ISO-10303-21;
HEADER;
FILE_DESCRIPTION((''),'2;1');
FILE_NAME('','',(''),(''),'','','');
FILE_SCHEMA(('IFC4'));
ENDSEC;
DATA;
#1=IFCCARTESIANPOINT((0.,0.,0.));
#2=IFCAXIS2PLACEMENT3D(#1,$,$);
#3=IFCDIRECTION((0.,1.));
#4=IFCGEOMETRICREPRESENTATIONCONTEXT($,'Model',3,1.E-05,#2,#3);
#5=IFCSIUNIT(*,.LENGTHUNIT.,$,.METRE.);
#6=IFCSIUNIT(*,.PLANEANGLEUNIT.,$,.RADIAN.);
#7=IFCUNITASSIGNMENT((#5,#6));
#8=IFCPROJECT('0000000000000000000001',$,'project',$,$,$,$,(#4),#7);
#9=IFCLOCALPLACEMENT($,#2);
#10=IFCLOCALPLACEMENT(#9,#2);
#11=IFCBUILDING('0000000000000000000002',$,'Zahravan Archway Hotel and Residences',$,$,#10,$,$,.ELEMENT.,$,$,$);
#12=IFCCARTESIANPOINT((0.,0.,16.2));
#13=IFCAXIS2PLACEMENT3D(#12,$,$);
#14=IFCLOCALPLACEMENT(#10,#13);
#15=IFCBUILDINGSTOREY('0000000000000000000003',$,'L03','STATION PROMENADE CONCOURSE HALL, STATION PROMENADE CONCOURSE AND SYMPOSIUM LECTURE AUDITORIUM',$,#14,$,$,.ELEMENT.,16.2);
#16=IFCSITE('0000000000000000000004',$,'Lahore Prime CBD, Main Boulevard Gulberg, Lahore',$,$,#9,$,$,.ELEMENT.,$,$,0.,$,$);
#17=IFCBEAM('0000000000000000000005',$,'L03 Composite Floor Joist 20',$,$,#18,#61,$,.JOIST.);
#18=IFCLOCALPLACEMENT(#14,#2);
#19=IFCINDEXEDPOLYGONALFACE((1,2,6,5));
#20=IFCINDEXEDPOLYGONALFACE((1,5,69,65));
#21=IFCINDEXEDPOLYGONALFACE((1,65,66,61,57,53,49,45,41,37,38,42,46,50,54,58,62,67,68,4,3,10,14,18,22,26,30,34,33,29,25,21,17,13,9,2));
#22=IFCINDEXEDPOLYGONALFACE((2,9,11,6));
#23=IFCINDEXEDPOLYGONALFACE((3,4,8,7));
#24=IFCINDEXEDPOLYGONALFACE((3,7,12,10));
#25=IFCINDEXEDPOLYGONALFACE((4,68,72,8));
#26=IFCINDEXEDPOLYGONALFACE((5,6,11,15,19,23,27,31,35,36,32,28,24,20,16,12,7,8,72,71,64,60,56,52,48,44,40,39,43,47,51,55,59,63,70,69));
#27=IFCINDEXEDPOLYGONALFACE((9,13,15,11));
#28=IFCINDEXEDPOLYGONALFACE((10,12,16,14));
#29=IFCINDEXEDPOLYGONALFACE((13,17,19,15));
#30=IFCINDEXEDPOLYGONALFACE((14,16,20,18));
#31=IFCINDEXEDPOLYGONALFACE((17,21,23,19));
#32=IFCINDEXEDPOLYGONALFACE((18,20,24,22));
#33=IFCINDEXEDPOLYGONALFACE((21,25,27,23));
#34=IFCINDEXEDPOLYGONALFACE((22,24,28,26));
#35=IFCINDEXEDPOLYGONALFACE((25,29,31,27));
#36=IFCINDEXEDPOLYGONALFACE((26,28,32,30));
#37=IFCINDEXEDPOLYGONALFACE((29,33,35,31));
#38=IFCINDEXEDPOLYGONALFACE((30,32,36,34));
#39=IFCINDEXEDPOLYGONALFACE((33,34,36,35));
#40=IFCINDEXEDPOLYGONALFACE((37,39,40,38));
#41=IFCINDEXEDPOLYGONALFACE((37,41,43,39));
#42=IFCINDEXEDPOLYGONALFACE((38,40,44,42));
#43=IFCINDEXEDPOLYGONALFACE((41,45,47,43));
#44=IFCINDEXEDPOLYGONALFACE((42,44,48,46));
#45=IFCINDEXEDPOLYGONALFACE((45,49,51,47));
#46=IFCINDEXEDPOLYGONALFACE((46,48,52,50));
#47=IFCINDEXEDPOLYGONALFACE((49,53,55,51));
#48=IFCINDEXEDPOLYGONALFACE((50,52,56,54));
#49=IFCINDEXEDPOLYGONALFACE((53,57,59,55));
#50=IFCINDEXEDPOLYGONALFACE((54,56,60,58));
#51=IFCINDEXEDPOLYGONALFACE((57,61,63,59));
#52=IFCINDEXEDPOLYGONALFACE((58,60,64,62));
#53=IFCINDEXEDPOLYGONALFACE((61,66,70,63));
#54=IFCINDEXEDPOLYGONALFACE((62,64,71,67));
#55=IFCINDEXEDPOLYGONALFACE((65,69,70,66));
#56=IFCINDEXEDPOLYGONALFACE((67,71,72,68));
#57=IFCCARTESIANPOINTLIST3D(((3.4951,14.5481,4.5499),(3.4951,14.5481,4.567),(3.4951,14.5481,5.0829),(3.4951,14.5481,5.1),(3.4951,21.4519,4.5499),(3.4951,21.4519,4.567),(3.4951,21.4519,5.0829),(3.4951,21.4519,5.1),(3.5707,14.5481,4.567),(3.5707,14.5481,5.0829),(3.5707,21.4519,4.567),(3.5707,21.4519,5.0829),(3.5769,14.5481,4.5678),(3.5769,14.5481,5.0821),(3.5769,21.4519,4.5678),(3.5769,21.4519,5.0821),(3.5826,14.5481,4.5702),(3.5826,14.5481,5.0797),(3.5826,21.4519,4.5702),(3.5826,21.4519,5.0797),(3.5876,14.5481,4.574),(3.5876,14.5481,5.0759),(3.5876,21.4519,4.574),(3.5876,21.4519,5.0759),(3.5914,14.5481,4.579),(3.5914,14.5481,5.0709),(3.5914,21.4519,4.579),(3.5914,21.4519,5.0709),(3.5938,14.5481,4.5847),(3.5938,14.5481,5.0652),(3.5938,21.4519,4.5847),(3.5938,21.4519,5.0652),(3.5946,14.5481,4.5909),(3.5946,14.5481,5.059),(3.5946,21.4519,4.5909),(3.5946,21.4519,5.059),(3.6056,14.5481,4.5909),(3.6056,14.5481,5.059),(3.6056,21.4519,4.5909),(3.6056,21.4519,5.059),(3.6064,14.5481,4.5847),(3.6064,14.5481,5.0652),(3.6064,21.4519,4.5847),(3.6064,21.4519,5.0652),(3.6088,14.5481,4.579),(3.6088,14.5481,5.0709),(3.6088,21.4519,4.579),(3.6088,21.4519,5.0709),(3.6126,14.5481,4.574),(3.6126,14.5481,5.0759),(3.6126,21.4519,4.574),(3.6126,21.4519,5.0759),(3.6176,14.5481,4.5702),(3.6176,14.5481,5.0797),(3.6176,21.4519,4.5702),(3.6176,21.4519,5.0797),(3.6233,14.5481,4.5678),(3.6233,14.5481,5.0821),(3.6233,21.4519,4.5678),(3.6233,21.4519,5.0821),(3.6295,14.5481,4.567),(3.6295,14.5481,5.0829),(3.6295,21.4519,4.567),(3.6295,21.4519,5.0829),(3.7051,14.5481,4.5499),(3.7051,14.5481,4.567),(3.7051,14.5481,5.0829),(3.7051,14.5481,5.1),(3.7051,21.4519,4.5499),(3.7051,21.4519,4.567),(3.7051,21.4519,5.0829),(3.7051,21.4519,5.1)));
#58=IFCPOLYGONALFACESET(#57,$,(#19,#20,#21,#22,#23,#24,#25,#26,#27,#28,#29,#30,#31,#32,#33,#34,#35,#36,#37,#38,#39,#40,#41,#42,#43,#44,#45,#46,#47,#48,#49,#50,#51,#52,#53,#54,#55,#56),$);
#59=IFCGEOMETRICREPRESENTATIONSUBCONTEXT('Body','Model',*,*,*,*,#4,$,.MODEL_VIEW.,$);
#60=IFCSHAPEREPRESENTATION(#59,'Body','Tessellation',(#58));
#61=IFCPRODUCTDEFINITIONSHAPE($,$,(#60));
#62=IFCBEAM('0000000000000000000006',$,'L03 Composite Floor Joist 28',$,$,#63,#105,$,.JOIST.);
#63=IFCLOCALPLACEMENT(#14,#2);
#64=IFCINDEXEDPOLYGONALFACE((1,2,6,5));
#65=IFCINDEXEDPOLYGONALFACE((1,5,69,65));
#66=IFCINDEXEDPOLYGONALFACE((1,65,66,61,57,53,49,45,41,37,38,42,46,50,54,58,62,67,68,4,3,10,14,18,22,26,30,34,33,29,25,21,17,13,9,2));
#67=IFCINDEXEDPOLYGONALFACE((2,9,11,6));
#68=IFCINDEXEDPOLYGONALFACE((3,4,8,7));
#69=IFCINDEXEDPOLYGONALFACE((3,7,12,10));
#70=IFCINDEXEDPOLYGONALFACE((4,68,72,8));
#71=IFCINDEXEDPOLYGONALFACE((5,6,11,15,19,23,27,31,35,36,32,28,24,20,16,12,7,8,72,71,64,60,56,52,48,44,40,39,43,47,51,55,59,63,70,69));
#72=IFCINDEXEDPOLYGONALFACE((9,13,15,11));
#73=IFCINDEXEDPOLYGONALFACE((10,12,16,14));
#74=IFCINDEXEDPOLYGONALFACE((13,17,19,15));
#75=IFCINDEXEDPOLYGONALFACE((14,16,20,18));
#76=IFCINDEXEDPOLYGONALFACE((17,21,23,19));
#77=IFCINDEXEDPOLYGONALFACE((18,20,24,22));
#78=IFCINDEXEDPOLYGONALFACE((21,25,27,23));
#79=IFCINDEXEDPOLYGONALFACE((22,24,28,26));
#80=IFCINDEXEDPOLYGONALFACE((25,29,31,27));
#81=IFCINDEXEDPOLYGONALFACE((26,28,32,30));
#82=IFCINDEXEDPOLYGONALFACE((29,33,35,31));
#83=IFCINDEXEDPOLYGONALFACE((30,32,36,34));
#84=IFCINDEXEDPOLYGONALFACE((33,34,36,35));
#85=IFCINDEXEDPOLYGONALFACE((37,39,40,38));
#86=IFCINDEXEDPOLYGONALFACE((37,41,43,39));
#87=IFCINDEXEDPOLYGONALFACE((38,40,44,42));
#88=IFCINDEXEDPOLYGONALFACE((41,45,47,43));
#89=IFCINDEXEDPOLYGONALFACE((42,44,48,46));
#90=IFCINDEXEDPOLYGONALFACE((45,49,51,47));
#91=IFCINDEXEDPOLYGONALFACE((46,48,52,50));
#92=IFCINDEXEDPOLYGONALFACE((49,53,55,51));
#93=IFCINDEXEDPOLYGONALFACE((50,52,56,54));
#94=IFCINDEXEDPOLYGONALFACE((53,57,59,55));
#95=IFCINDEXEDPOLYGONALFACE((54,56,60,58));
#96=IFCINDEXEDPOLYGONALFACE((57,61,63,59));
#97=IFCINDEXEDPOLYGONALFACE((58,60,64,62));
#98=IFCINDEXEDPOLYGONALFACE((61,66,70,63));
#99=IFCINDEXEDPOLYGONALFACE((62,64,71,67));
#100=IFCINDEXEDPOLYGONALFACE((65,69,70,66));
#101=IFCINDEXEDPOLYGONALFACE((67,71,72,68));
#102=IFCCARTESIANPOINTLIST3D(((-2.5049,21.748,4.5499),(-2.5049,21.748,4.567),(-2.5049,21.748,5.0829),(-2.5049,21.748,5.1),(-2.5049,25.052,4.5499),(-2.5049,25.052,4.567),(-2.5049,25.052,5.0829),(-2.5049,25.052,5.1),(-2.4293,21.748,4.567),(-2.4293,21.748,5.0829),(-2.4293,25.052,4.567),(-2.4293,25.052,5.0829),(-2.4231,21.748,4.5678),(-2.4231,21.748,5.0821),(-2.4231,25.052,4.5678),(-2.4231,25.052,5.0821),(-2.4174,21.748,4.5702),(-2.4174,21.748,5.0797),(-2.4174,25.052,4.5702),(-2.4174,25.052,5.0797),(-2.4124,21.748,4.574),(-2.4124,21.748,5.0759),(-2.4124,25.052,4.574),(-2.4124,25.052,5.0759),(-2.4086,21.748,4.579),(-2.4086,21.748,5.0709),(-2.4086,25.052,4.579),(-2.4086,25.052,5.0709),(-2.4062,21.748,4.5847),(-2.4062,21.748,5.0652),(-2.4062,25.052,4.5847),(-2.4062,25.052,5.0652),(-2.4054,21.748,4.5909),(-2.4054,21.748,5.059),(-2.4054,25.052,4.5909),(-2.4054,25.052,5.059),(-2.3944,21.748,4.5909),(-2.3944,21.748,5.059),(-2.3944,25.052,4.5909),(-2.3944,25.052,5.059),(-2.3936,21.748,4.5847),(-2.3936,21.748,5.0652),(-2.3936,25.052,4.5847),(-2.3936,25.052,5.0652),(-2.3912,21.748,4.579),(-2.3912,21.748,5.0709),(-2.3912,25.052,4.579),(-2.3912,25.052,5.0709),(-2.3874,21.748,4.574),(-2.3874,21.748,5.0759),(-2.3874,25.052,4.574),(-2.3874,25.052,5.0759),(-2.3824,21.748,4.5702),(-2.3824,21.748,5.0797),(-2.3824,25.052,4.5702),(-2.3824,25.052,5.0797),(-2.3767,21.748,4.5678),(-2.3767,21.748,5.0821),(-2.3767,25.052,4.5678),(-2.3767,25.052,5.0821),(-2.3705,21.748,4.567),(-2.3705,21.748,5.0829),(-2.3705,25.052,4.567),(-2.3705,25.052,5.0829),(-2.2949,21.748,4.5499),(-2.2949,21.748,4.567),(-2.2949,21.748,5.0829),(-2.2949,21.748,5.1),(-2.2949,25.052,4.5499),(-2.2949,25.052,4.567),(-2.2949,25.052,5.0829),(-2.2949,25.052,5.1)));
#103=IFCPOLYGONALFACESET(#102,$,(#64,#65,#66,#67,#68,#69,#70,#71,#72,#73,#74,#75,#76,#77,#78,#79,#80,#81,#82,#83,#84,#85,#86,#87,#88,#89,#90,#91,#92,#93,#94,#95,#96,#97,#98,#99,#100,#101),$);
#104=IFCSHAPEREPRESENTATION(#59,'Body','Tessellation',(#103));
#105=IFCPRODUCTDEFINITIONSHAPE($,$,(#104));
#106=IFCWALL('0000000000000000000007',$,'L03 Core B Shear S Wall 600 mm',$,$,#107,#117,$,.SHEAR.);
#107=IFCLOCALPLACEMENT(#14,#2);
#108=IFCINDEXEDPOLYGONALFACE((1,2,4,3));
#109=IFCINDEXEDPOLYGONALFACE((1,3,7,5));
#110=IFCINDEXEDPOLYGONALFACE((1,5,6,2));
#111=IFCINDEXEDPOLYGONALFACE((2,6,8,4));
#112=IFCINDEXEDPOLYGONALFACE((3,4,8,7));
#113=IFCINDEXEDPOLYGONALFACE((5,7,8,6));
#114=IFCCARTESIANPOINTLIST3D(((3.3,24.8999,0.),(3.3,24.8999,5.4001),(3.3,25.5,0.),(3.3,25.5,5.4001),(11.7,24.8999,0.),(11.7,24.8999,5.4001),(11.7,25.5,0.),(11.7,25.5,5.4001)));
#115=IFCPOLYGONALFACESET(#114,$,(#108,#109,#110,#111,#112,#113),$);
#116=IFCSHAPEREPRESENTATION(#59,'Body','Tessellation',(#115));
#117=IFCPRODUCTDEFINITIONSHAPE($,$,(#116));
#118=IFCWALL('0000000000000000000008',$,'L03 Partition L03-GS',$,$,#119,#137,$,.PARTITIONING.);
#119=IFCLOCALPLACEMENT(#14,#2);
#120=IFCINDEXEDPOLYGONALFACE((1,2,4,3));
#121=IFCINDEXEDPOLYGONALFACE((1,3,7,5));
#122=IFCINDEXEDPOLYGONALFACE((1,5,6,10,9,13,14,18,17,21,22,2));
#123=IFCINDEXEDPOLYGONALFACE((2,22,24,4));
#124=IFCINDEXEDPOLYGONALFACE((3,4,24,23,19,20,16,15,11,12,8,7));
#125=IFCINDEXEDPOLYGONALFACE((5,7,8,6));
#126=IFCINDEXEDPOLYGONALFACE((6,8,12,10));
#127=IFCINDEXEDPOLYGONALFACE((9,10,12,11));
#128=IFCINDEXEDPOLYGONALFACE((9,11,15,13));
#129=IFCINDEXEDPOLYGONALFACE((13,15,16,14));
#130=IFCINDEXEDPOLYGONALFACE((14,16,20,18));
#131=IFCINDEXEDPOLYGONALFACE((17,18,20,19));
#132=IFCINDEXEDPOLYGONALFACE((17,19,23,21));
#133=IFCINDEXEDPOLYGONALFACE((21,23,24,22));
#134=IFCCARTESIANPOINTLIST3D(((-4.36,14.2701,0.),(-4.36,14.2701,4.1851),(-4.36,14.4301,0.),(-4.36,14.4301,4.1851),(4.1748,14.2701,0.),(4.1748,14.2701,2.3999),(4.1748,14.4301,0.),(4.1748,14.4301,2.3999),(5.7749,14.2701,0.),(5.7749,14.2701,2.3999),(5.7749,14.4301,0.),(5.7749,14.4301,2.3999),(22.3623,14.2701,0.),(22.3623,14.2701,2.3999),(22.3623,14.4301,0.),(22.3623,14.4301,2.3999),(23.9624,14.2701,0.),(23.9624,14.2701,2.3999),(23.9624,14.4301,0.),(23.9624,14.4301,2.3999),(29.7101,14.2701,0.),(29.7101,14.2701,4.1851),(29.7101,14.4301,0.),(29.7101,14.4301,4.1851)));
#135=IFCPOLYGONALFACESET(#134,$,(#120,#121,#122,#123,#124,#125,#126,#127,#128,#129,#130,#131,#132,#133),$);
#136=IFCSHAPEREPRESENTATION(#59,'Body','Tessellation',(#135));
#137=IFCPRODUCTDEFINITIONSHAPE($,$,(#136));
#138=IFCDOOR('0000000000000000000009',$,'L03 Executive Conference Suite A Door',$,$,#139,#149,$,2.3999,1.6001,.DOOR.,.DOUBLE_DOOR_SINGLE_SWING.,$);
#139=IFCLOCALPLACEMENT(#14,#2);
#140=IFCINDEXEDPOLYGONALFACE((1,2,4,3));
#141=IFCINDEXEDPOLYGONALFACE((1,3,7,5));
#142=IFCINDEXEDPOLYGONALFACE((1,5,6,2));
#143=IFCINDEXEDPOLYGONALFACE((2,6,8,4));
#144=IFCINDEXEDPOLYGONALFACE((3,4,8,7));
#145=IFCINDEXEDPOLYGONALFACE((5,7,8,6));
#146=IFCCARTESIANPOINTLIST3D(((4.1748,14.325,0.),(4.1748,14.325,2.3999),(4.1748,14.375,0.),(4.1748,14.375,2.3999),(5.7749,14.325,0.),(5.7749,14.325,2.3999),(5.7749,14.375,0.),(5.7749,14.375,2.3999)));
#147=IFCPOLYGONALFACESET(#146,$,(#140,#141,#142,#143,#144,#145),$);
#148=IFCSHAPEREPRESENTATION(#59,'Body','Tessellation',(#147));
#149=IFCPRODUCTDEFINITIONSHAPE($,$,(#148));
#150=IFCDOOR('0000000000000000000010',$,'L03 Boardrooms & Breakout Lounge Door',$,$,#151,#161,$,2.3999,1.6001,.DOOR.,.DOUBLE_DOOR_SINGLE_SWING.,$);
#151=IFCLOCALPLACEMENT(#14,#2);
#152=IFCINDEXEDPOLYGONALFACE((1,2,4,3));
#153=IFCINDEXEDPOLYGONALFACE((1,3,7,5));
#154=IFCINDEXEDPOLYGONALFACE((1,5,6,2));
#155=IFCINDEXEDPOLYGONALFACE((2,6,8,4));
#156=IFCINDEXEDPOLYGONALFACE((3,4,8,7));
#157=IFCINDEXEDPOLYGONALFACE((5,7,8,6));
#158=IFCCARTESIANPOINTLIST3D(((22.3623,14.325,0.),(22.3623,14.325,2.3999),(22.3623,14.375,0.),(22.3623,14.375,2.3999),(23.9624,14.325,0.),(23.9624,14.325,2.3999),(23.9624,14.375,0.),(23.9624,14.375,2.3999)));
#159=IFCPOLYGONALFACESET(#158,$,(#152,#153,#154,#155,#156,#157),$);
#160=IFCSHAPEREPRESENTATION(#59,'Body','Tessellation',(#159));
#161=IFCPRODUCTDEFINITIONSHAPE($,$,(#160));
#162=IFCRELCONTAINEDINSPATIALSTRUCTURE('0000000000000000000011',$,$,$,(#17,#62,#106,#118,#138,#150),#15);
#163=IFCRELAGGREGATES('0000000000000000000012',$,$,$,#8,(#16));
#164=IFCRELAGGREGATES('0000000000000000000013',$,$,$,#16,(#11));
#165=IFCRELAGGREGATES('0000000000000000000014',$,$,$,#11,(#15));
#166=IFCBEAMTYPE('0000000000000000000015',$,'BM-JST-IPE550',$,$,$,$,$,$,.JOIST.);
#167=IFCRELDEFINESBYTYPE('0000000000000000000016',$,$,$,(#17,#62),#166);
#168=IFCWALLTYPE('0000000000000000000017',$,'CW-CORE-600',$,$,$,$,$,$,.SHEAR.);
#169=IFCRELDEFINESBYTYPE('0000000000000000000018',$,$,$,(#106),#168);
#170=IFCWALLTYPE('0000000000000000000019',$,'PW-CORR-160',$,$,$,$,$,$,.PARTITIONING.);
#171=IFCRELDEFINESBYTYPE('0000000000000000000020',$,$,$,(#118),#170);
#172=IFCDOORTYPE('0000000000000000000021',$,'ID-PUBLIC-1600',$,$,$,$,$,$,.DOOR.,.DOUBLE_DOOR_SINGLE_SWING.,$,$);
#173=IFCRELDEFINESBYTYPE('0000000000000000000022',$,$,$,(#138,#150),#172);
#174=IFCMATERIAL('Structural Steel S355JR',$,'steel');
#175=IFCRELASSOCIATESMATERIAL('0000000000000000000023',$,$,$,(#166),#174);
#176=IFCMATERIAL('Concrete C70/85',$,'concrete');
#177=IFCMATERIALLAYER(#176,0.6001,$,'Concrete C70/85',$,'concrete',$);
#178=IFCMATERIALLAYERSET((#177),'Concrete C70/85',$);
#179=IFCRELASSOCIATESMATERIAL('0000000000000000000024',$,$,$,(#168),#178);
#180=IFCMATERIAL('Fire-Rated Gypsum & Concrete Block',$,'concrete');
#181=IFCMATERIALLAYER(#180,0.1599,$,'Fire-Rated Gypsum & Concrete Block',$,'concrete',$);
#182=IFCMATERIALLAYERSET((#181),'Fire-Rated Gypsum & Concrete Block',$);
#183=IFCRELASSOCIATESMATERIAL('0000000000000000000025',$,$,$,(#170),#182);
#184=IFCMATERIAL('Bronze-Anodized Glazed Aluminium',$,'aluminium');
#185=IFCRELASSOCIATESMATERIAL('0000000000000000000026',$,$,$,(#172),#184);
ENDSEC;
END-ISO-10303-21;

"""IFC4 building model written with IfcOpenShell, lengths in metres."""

from ifc_helpers import new_model, si_unit, direction, frame, frame_2d, origin, origin_2d, place, context, subcontext, project, spatial, rectangle, i_section, extrude, source, transform, mapped, material, layer, layer_set, material_profile, profile_set, type_object, type_shapes, element, fill, save


model = new_model("IFC4")

# Units and contexts
model_context = context("Model", 3, precision=1e-05, world=origin(), true_north=direction((0.0, 1.0)))
body_context = subcontext(model_context, "Body", "Model", "MODEL_VIEW")
ifc_project = project(units=[si_unit("LENGTHUNIT", "METRE"), si_unit("PLANEANGLEUNIT", "RADIAN")], contexts=[model_context])

# Site, building, storey
site_placement = place(None, origin())
site = spatial("IfcSite", under=ifc_project, at=site_placement, Name="Lahore Prime CBD, Main Boulevard Gulberg, Lahore", CompositionType="ELEMENT", RefElevation=0.0)
building_placement = place(site_placement, origin())
building = spatial("IfcBuilding", under=site, at=building_placement, Name="Zahravan Archway Hotel and Residences", CompositionType="ELEMENT")
storey_placement = place(building_placement, frame((0.0, 0.0, 16.2)))
storey = spatial("IfcBuildingStorey", under=building, at=storey_placement, Name="L03", Description="STATION PROMENADE CONCOURSE HALL, STATION PROMENADE CONCOURSE AND SYMPOSIUM LECTURE AUDITORIUM", CompositionType="ELEMENT", Elevation=16.2)

# Shared definitions
ifc_material_1 = material(Name="Concrete C70/85", Category="concrete")

# Beams
ifc_material_2 = material(Name="Structural Steel S355JR", Category="steel")
ifc_material_profile_1 = material_profile(ifc_material_2, i_section(OverallWidth=0.21, OverallDepth=0.55, WebThickness=0.011, FlangeThickness=0.0171, FilletRadius=0.0239, at=origin_2d()), Name="IPE 550", Category="steel")
ifc_profile_set_1 = profile_set([ifc_material_profile_1], Name="Structural Steel S355JR")
beam_type_1 = type_object("IfcBeamType", Name="BM-JST-IPE550", PredefinedType="JOIST", material=ifc_profile_set_1)
shared_shape_1 = source(origin(), body_context, "Body", "SweptSolid", [
    extrude(i_section(OverallWidth=0.21, OverallDepth=0.55, WebThickness=0.011, FlangeThickness=0.0171, FilletRadius=0.0239, at=origin_2d()), origin(), (0.0, 0.0, 1.0), 6.9038),
])
for number, where, z_axis, x_axis, name in (
    (1, (3.6001, 14.5481, 4.825), (0.0, 1.0, 0.0), (-1.0, 0.0, 0.0), "L03 Composite Floor Joist 20"),
):
    element("IfcBeam", number, at=place(storey_placement, frame(where, z_axis=z_axis, x_axis=x_axis)), inside=storey, type_object=beam_type_1, Name=name, PredefinedType="JOIST", context=body_context, shape_type="MappedRepresentation", body=[
        mapped(shared_shape_1, transform((0.0, 0.0, 0.0), scale=1.0)),
    ])
shared_shape_2 = source(origin(), body_context, "Body", "SweptSolid", [
    extrude(i_section(OverallWidth=0.21, OverallDepth=0.55, WebThickness=0.011, FlangeThickness=0.0171, FilletRadius=0.0239, at=origin_2d()), origin(), (0.0, 0.0, 1.0), 3.304),
])
beam_placement = place(storey_placement, frame((-2.3999, 21.748, 4.825), z_axis=(0.0, 1.0, 0.0), x_axis=(-1.0, 0.0, 0.0)))
element("IfcBeam", 2, at=beam_placement, inside=storey, type_object=beam_type_1, Name="L03 Composite Floor Joist 28", PredefinedType="JOIST", context=body_context, shape_type="MappedRepresentation", body=[
    mapped(shared_shape_2, transform((0.0, 0.0, 0.0), scale=1.0)),
])

# Wall
ifc_layer_1 = layer(ifc_material_1, 0.6001, Name="Concrete C70/85", Category="concrete")
ifc_layer_set_1 = layer_set([ifc_layer_1], Name="Concrete C70/85")
wall_type_1 = type_object("IfcWallType", Name="CW-CORE-600", PredefinedType="SHEAR", material=ifc_layer_set_1)
wall_1_placement = place(storey_placement, frame((3.3, 25.2, 0.0), z_axis=(0.0, 0.0, 1.0), x_axis=(1.0, 0.0, 0.0)))
element("IfcWall", 3, at=wall_1_placement, inside=storey, type_object=wall_type_1, Name="L03 Core B Shear S Wall 600 mm", PredefinedType="SHEAR", context=body_context, shape_type="SweptSolid", body=[
    extrude(rectangle(XDim=8.3999, YDim=0.6001, at=frame_2d((4.2, 0.0))), origin(), (0.0, 0.0, 1.0), 5.4001),
])

# Wall, openings, doors
ifc_material_3 = material(Name="Fire-Rated Gypsum & Concrete Block", Category="concrete")
ifc_layer_2 = layer(ifc_material_3, 0.1599, Name="Fire-Rated Gypsum & Concrete Block", Category="concrete")
ifc_layer_set_2 = layer_set([ifc_layer_2], Name="Fire-Rated Gypsum & Concrete Block")
wall_type_2 = type_object("IfcWallType", Name="PW-CORR-160", PredefinedType="PARTITIONING", material=ifc_layer_set_2)
wall_2_placement = place(storey_placement, frame((-4.3601, 14.3501, 0.0), z_axis=(0.0, 0.0, 1.0), x_axis=(1.0, 0.0, 0.0)))
wall_2 = element("IfcWall", 4, at=wall_2_placement, inside=storey, type_object=wall_type_2, Name="L03 Partition L03-GS", PredefinedType="PARTITIONING", context=body_context, shape_type="SweptSolid", body=[
    extrude(rectangle(XDim=34.0701, YDim=0.1599, at=frame_2d((17.0352, 0.0))), origin(), (0.0, 0.0, 1.0), 4.1851),
])
opening_1_placement = place(wall_2_placement, frame((8.5349, 0.0, 0.0)))
opening_1 = element("IfcOpeningElement", 5, at=opening_1_placement, cuts=wall_2, PredefinedType="OPENING", context=body_context, shape_type="SweptSolid", body=[
    extrude(rectangle(XDim=1.6001, YDim=2.3999, at=frame_2d((0.8, 1.2))), frame((0.0, 0.0898, 0.0), z_axis=(0.0, -1.0, 0.0), x_axis=(1.0, 0.0, 0.0)), (0.0, 0.0, 1.0), 0.1799),
])
opening_2_placement = place(wall_2_placement, frame((26.7224, 0.0, 0.0)))
opening_2 = element("IfcOpeningElement", 6, at=opening_2_placement, cuts=wall_2, PredefinedType="OPENING", context=body_context, shape_type="SweptSolid", body=[
    extrude(rectangle(XDim=1.6001, YDim=2.3999, at=frame_2d((0.8, 1.2))), frame((0.0, 0.0898, 0.0), z_axis=(0.0, -1.0, 0.0), x_axis=(1.0, 0.0, 0.0)), (0.0, 0.0, 1.0), 0.1799),
])
ifc_material_4 = material(Name="Bronze-Anodized Glazed Aluminium", Category="aluminium")
door_type = type_object("IfcDoorType", Name="ID-PUBLIC-1600", OperationType="DOUBLE_DOOR_SINGLE_SWING", PredefinedType="DOOR", material=ifc_material_4)
shared_shape_3 = source(origin(), body_context, "Body", "SweptSolid", [
    extrude(rectangle(XDim=1.6001, YDim=2.3999, at=frame_2d((0.8, 1.2))), frame((0.0, 0.0249, 0.0), z_axis=(0.0, -1.0, 0.0), x_axis=(1.0, 0.0, 0.0)), (0.0, 0.0, 1.0), 0.05),
])
type_shapes(door_type, [shared_shape_3])
door_1_placement = place(opening_1_placement, origin())
door_1 = element("IfcDoor", 7, at=door_1_placement, inside=storey, type_object=door_type, Name="L03 Executive Conference Suite A Door", OperationType="DOUBLE_DOOR_SINGLE_SWING", OverallHeight=2.3999, OverallWidth=1.6001, PredefinedType="DOOR", context=body_context, shape_type="MappedRepresentation", body=[
    mapped(shared_shape_3, transform((0.0, 0.0, 0.0), scale=1.0)),
])
fill(opening_1, door_1)
door_2_placement = place(opening_2_placement, origin())
door_2 = element("IfcDoor", 8, at=door_2_placement, inside=storey, type_object=door_type, Name="L03 Boardrooms & Breakout Lounge Door", OperationType="DOUBLE_DOOR_SINGLE_SWING", OverallHeight=2.3999, OverallWidth=1.6001, PredefinedType="DOOR", context=body_context, shape_type="MappedRepresentation", body=[
    mapped(shared_shape_3, transform((0.0, 0.0, 0.0), scale=1.0)),
])
fill(opening_2, door_2)

save(model, "model.ifc")
